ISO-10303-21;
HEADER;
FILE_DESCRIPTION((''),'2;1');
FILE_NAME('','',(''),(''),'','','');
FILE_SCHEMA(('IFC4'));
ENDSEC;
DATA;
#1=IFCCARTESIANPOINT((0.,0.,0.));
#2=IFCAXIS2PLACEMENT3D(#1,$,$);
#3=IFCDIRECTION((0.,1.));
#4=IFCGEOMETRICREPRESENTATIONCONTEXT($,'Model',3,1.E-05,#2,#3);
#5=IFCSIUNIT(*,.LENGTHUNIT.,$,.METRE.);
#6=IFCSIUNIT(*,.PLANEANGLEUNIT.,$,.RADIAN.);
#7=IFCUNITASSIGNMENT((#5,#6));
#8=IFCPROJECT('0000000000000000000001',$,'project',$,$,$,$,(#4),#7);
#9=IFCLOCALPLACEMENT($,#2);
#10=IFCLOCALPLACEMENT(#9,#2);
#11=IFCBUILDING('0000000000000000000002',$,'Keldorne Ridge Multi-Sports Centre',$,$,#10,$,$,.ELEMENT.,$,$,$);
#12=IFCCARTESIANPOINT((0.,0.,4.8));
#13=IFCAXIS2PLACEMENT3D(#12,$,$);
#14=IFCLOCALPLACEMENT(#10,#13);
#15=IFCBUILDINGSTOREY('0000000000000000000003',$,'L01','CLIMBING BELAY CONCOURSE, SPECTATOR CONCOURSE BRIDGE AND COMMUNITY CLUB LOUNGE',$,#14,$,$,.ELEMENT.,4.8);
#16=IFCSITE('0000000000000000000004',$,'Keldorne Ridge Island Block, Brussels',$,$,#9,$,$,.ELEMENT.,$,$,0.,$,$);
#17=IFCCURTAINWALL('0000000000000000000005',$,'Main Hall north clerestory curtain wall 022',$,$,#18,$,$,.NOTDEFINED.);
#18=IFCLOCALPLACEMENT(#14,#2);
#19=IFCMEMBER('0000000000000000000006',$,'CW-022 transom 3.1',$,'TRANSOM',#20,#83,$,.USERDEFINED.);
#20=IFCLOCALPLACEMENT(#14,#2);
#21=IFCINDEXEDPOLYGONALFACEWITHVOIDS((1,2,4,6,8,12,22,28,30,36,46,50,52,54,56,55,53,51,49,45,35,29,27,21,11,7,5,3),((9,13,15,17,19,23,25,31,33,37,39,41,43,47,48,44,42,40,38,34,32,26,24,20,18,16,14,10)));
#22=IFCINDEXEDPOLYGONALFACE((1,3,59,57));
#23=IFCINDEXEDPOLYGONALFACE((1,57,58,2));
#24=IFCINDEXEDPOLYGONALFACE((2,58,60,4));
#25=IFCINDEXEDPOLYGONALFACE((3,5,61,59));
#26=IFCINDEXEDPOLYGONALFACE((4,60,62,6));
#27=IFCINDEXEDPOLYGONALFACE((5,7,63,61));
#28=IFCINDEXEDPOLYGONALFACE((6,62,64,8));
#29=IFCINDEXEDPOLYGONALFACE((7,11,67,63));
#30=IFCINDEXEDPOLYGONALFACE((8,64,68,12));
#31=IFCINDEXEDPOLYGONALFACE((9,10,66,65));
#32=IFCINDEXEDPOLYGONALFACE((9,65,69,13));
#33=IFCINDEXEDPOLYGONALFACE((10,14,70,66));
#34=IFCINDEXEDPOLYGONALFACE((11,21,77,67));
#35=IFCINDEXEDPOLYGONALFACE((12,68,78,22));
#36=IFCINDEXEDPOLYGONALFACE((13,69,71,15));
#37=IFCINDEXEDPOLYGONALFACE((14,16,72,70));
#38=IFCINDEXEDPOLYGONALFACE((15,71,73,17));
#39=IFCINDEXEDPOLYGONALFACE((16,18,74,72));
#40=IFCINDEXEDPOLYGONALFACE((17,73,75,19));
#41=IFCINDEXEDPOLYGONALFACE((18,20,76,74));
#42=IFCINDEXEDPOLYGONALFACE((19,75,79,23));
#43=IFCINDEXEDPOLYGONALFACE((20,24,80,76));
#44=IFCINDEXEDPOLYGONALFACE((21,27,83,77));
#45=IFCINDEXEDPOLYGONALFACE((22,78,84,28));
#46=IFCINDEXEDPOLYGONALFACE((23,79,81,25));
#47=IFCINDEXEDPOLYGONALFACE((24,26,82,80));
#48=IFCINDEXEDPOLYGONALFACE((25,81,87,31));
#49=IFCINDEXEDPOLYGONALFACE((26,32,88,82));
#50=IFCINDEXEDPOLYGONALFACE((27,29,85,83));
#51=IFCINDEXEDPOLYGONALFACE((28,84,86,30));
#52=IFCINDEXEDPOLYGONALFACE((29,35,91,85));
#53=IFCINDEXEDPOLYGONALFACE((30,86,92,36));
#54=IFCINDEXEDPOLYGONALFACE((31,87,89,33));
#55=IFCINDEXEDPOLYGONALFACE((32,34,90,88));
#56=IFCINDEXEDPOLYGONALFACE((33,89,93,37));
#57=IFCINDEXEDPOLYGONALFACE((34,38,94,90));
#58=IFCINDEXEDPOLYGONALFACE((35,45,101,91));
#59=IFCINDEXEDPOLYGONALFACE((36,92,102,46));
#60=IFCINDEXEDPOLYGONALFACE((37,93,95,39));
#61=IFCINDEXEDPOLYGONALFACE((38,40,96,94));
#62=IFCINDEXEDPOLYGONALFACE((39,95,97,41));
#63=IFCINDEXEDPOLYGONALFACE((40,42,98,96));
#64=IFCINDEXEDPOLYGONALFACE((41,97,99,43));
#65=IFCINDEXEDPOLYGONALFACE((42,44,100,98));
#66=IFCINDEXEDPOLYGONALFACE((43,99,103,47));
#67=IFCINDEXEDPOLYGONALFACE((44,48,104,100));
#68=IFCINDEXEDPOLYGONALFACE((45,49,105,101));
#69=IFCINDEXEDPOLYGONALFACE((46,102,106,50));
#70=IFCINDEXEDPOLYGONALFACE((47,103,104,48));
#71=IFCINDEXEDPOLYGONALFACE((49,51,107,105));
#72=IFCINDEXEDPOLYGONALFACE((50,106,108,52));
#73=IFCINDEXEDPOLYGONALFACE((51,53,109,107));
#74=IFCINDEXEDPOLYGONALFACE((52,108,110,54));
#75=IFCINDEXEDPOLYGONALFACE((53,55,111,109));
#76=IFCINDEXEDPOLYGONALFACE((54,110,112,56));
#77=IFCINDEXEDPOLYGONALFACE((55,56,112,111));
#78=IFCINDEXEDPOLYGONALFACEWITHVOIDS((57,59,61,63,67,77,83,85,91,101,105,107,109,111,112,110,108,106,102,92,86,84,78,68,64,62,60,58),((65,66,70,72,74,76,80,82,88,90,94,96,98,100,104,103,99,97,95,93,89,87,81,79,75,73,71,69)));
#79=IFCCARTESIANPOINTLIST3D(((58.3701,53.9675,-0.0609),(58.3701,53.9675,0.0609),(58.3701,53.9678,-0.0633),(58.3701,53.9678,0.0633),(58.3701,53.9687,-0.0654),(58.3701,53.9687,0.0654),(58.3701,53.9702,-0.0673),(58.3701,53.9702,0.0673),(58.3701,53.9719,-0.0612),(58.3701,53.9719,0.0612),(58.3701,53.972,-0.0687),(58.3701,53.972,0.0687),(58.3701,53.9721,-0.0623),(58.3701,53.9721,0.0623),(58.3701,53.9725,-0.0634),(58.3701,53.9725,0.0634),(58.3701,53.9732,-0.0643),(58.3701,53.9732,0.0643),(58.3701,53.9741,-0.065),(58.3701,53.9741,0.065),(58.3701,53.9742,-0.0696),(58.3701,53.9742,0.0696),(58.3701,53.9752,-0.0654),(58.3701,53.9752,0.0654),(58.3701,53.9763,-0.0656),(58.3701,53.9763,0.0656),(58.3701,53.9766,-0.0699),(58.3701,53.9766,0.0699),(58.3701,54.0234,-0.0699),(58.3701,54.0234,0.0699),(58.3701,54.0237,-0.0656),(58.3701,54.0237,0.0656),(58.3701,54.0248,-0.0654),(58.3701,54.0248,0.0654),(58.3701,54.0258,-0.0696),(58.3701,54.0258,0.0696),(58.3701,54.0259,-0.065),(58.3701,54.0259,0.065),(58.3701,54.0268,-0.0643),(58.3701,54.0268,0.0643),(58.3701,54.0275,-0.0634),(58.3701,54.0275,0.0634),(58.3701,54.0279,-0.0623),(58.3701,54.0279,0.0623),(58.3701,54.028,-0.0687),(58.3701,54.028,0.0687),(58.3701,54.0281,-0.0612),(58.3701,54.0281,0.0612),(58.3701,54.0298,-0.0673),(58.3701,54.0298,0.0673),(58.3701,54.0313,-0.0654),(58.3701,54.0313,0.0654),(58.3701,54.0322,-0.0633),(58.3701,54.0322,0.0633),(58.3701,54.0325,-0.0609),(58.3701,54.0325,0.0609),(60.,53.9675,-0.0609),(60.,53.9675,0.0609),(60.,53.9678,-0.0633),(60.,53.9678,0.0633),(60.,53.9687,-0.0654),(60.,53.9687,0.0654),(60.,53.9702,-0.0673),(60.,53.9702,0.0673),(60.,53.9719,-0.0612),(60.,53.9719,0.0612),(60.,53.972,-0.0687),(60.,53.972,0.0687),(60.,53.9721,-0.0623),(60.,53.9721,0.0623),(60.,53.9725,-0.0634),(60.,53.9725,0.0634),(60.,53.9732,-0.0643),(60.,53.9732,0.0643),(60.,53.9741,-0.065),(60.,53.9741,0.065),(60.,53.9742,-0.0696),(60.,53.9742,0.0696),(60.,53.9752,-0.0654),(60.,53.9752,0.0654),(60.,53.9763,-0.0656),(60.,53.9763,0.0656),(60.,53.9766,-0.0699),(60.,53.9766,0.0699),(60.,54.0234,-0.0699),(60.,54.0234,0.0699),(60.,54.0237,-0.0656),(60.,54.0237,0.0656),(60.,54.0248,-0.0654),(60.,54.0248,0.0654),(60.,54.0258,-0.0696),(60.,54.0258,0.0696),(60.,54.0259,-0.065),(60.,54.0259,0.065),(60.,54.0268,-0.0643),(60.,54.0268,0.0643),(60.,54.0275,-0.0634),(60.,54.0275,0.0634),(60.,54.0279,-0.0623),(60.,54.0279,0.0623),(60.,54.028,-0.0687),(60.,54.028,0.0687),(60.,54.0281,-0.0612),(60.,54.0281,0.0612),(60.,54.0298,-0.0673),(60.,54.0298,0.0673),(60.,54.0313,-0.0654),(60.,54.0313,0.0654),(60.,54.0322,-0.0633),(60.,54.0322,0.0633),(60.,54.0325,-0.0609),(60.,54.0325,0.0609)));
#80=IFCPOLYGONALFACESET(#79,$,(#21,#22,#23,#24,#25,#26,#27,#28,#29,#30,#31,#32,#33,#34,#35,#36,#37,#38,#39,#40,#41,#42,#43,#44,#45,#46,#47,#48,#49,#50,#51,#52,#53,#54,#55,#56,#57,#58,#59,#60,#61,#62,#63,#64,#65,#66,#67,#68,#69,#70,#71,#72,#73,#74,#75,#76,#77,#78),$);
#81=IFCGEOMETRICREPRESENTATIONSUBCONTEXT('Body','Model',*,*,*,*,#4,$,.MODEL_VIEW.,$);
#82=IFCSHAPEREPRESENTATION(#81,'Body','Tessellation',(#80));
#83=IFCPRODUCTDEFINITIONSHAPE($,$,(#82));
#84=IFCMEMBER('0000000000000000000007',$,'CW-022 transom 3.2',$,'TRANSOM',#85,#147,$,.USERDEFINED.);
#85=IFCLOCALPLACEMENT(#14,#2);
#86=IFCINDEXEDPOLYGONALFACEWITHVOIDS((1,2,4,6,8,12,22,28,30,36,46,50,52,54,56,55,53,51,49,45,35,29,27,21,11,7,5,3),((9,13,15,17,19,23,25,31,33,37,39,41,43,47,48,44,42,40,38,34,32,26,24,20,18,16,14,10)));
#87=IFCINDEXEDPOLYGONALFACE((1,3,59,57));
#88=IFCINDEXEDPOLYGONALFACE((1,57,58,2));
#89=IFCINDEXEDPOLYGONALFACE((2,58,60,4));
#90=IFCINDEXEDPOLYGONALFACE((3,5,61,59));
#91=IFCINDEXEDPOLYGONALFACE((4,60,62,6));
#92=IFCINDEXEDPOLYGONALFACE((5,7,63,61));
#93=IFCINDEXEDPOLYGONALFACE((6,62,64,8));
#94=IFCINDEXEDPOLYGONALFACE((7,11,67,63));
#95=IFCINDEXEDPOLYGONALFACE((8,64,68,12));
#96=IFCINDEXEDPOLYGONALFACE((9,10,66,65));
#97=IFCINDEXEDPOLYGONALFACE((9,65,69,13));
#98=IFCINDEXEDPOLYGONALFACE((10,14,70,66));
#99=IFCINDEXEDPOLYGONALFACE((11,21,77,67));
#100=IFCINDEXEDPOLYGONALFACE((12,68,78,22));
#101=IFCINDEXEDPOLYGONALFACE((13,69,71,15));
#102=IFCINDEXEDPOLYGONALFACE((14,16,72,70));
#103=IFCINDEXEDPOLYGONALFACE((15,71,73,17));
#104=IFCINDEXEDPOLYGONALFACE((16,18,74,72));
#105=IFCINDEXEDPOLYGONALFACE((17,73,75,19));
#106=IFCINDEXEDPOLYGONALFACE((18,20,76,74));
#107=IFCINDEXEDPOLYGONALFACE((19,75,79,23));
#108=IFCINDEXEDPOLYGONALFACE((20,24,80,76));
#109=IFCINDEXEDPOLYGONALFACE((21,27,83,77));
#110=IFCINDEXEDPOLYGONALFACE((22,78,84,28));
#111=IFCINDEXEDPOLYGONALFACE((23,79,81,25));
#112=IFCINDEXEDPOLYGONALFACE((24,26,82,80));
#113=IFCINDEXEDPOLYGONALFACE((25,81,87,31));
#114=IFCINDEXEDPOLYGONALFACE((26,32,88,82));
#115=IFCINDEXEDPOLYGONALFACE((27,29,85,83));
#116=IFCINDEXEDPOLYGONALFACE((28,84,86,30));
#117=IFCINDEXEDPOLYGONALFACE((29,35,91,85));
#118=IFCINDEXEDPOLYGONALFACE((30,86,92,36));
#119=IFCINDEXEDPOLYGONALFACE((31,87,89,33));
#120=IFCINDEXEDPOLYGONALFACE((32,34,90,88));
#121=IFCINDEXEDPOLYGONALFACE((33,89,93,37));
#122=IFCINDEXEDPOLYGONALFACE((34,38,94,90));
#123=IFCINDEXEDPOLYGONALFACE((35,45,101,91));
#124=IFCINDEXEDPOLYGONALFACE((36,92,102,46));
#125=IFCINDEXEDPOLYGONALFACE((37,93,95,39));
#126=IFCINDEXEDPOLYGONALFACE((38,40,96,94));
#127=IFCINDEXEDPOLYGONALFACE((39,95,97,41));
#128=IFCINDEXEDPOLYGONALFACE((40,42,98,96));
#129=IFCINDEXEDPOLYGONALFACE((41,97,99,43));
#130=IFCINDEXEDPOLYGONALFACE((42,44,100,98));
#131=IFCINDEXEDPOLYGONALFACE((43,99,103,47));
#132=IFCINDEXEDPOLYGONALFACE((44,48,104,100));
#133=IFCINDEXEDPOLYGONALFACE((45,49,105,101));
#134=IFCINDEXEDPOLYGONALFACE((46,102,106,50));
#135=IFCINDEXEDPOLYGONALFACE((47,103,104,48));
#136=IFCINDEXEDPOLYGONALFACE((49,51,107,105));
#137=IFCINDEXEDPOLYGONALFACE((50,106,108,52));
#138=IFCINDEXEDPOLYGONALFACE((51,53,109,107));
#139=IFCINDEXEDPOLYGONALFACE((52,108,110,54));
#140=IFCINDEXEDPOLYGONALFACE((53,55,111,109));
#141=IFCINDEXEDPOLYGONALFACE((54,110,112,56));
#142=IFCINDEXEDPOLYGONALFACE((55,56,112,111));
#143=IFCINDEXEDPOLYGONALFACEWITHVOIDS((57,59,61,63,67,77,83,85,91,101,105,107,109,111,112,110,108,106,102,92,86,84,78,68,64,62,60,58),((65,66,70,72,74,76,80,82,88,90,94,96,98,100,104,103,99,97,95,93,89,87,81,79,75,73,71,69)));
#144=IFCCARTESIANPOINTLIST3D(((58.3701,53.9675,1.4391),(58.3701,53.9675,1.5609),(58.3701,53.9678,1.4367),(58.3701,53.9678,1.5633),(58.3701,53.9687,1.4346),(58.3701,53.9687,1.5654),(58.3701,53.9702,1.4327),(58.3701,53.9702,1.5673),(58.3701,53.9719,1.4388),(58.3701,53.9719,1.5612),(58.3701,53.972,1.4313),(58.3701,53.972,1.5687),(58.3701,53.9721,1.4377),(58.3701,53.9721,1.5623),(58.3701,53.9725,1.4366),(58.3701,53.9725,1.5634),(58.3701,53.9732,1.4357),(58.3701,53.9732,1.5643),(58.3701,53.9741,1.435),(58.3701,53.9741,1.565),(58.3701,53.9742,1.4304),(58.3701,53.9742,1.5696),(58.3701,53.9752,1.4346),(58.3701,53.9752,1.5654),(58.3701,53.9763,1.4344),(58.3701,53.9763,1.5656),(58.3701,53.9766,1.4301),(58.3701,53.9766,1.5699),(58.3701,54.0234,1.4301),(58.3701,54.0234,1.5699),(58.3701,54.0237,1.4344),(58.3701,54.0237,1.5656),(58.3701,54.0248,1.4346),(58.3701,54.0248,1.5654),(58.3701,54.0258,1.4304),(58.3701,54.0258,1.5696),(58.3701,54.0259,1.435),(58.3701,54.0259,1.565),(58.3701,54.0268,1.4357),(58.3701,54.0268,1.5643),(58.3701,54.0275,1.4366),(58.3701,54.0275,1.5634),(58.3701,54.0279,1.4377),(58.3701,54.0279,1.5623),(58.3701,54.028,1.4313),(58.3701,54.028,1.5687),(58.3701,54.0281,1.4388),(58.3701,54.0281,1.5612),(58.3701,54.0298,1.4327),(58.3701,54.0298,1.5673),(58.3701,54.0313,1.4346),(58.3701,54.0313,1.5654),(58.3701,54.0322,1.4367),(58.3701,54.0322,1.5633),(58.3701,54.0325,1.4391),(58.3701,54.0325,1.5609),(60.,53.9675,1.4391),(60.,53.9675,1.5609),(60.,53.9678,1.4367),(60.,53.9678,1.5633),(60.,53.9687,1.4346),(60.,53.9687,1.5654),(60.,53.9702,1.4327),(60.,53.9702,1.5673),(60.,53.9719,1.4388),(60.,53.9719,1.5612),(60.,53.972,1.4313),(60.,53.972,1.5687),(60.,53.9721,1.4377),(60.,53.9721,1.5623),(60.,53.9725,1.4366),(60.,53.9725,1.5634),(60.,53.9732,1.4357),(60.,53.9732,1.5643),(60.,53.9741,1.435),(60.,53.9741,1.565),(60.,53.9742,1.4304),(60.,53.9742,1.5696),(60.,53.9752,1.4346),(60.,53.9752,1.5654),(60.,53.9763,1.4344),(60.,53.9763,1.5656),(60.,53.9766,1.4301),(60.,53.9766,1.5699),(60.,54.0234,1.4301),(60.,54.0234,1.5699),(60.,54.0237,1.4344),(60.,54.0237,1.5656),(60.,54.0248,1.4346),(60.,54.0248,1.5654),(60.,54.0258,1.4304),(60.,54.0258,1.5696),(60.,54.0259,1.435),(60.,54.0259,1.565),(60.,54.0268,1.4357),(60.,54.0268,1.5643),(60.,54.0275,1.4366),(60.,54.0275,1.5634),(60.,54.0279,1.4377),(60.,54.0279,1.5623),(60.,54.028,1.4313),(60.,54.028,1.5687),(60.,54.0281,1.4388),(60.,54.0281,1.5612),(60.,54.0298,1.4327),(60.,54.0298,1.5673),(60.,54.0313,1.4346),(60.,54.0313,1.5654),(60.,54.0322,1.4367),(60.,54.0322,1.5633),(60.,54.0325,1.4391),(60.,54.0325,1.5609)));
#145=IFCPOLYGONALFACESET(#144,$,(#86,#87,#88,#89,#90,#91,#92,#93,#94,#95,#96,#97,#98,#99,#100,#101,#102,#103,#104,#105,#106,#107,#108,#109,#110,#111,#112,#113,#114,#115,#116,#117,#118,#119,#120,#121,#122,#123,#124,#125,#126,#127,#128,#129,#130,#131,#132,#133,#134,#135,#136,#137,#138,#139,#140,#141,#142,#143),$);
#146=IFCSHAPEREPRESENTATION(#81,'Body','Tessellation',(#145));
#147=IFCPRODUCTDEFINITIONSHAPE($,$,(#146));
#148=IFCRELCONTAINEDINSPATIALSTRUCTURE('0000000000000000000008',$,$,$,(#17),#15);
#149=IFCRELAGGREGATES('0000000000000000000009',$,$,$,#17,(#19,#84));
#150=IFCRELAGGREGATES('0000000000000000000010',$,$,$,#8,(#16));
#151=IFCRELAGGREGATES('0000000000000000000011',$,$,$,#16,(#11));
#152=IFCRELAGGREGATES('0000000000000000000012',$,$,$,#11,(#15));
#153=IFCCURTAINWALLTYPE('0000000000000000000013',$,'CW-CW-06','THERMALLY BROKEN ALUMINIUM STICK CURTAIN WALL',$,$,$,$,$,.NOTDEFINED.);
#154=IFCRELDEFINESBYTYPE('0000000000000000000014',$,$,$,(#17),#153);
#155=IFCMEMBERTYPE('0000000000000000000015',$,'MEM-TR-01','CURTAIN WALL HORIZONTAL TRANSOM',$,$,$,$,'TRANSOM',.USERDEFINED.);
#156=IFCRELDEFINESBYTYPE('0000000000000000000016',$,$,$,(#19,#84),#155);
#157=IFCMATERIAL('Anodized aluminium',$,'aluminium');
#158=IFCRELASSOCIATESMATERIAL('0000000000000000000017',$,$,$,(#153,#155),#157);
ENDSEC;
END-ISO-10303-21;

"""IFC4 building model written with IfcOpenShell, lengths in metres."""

from ifc_helpers import new_model, si_unit, direction, frame, origin, origin_2d, place, context, subcontext, project, spatial, hollow_rectangle, extrude, material, material_profile, profile_set, type_object, element, aggregate, save


model = new_model("IFC4")

# Units and contexts
model_context = context("Model", 3, precision=1e-05, world=origin(), true_north=direction((0.0, 1.0)))
body_context = subcontext(model_context, "Body", "Model", "MODEL_VIEW")
ifc_project = project(units=[si_unit("LENGTHUNIT", "METRE"), si_unit("PLANEANGLEUNIT", "RADIAN")], contexts=[model_context])

# Site, building, storey
site_placement = place(None, origin())
site = spatial("IfcSite", under=ifc_project, at=site_placement, Name="Keldorne Ridge Island Block, Brussels", CompositionType="ELEMENT", RefElevation=0.0)
building_placement = place(site_placement, origin())
building = spatial("IfcBuilding", under=site, at=building_placement, Name="Keldorne Ridge Multi-Sports Centre", CompositionType="ELEMENT")
storey_placement = place(building_placement, frame((0.0, 0.0, 4.8)))
storey = spatial("IfcBuildingStorey", under=building, at=storey_placement, Name="L01", Description="CLIMBING BELAY CONCOURSE, SPECTATOR CONCOURSE BRIDGE AND COMMUNITY CLUB LOUNGE", CompositionType="ELEMENT", Elevation=4.8)

# Curtain wall
ifc_material_1 = material(Name="Anodized aluminium", Category="aluminium")
curtain_wall_type_1 = type_object("IfcCurtainWallType", Name="CW-CW-06", Description="THERMALLY BROKEN ALUMINIUM STICK CURTAIN WALL", PredefinedType="NOTDEFINED", material=ifc_material_1)
curtain_wall_1_placement = place(storey_placement, origin())
curtain_wall_1 = element("IfcCurtainWall", 1, at=curtain_wall_1_placement, inside=storey, type_object=curtain_wall_type_1, Name="Main Hall north clerestory curtain wall 022", PredefinedType="NOTDEFINED")

# Members
ifc_material_profile_1 = material_profile(ifc_material_1, hollow_rectangle(XDim=0.0649, YDim=0.1399, WallThickness=0.0044, InnerFilletRadius=0.0044, OuterFilletRadius=0.009, at=origin_2d()), Name="ALU TRANSOM 140x65x4.5")
ifc_profile_set_1 = profile_set([ifc_material_profile_1], Name="Anodized aluminium")
member_type_1 = type_object("IfcMemberType", Name="MEM-TR-01", Description="CURTAIN WALL HORIZONTAL TRANSOM", ElementType="TRANSOM", PredefinedType="USERDEFINED", material=ifc_profile_set_1)
member_1_placement = place(storey_placement, frame((60.0, 54.0, 0.0), z_axis=(-1.0, 0.0, 0.0), x_axis=(0.0, -1.0, 0.0)))
member_1 = element("IfcMember", 2, at=member_1_placement, type_object=member_type_1, Name="CW-022 transom 3.1", ObjectType="TRANSOM", PredefinedType="USERDEFINED", context=body_context, shape_type="SweptSolid", body=[
    extrude(hollow_rectangle(XDim=0.0649, YDim=0.1399, WallThickness=0.0044, InnerFilletRadius=0.0044, OuterFilletRadius=0.009, at=origin_2d()), origin(), (0.0, 0.0, 1.0), 1.6299),
])
member_2_placement = place(storey_placement, frame((60.0, 54.0, 1.5), z_axis=(-1.0, 0.0, 0.0), x_axis=(0.0, -1.0, 0.0)))
member_2 = element("IfcMember", 3, at=member_2_placement, type_object=member_type_1, Name="CW-022 transom 3.2", ObjectType="TRANSOM", PredefinedType="USERDEFINED", context=body_context, shape_type="SweptSolid", body=[
    extrude(hollow_rectangle(XDim=0.0649, YDim=0.1399, WallThickness=0.0044, InnerFilletRadius=0.0044, OuterFilletRadius=0.009, at=origin_2d()), origin(), (0.0, 0.0, 1.0), 1.6299),
])

aggregate(curtain_wall_1, [member_1, member_2])

save(model, "model.ifc")
